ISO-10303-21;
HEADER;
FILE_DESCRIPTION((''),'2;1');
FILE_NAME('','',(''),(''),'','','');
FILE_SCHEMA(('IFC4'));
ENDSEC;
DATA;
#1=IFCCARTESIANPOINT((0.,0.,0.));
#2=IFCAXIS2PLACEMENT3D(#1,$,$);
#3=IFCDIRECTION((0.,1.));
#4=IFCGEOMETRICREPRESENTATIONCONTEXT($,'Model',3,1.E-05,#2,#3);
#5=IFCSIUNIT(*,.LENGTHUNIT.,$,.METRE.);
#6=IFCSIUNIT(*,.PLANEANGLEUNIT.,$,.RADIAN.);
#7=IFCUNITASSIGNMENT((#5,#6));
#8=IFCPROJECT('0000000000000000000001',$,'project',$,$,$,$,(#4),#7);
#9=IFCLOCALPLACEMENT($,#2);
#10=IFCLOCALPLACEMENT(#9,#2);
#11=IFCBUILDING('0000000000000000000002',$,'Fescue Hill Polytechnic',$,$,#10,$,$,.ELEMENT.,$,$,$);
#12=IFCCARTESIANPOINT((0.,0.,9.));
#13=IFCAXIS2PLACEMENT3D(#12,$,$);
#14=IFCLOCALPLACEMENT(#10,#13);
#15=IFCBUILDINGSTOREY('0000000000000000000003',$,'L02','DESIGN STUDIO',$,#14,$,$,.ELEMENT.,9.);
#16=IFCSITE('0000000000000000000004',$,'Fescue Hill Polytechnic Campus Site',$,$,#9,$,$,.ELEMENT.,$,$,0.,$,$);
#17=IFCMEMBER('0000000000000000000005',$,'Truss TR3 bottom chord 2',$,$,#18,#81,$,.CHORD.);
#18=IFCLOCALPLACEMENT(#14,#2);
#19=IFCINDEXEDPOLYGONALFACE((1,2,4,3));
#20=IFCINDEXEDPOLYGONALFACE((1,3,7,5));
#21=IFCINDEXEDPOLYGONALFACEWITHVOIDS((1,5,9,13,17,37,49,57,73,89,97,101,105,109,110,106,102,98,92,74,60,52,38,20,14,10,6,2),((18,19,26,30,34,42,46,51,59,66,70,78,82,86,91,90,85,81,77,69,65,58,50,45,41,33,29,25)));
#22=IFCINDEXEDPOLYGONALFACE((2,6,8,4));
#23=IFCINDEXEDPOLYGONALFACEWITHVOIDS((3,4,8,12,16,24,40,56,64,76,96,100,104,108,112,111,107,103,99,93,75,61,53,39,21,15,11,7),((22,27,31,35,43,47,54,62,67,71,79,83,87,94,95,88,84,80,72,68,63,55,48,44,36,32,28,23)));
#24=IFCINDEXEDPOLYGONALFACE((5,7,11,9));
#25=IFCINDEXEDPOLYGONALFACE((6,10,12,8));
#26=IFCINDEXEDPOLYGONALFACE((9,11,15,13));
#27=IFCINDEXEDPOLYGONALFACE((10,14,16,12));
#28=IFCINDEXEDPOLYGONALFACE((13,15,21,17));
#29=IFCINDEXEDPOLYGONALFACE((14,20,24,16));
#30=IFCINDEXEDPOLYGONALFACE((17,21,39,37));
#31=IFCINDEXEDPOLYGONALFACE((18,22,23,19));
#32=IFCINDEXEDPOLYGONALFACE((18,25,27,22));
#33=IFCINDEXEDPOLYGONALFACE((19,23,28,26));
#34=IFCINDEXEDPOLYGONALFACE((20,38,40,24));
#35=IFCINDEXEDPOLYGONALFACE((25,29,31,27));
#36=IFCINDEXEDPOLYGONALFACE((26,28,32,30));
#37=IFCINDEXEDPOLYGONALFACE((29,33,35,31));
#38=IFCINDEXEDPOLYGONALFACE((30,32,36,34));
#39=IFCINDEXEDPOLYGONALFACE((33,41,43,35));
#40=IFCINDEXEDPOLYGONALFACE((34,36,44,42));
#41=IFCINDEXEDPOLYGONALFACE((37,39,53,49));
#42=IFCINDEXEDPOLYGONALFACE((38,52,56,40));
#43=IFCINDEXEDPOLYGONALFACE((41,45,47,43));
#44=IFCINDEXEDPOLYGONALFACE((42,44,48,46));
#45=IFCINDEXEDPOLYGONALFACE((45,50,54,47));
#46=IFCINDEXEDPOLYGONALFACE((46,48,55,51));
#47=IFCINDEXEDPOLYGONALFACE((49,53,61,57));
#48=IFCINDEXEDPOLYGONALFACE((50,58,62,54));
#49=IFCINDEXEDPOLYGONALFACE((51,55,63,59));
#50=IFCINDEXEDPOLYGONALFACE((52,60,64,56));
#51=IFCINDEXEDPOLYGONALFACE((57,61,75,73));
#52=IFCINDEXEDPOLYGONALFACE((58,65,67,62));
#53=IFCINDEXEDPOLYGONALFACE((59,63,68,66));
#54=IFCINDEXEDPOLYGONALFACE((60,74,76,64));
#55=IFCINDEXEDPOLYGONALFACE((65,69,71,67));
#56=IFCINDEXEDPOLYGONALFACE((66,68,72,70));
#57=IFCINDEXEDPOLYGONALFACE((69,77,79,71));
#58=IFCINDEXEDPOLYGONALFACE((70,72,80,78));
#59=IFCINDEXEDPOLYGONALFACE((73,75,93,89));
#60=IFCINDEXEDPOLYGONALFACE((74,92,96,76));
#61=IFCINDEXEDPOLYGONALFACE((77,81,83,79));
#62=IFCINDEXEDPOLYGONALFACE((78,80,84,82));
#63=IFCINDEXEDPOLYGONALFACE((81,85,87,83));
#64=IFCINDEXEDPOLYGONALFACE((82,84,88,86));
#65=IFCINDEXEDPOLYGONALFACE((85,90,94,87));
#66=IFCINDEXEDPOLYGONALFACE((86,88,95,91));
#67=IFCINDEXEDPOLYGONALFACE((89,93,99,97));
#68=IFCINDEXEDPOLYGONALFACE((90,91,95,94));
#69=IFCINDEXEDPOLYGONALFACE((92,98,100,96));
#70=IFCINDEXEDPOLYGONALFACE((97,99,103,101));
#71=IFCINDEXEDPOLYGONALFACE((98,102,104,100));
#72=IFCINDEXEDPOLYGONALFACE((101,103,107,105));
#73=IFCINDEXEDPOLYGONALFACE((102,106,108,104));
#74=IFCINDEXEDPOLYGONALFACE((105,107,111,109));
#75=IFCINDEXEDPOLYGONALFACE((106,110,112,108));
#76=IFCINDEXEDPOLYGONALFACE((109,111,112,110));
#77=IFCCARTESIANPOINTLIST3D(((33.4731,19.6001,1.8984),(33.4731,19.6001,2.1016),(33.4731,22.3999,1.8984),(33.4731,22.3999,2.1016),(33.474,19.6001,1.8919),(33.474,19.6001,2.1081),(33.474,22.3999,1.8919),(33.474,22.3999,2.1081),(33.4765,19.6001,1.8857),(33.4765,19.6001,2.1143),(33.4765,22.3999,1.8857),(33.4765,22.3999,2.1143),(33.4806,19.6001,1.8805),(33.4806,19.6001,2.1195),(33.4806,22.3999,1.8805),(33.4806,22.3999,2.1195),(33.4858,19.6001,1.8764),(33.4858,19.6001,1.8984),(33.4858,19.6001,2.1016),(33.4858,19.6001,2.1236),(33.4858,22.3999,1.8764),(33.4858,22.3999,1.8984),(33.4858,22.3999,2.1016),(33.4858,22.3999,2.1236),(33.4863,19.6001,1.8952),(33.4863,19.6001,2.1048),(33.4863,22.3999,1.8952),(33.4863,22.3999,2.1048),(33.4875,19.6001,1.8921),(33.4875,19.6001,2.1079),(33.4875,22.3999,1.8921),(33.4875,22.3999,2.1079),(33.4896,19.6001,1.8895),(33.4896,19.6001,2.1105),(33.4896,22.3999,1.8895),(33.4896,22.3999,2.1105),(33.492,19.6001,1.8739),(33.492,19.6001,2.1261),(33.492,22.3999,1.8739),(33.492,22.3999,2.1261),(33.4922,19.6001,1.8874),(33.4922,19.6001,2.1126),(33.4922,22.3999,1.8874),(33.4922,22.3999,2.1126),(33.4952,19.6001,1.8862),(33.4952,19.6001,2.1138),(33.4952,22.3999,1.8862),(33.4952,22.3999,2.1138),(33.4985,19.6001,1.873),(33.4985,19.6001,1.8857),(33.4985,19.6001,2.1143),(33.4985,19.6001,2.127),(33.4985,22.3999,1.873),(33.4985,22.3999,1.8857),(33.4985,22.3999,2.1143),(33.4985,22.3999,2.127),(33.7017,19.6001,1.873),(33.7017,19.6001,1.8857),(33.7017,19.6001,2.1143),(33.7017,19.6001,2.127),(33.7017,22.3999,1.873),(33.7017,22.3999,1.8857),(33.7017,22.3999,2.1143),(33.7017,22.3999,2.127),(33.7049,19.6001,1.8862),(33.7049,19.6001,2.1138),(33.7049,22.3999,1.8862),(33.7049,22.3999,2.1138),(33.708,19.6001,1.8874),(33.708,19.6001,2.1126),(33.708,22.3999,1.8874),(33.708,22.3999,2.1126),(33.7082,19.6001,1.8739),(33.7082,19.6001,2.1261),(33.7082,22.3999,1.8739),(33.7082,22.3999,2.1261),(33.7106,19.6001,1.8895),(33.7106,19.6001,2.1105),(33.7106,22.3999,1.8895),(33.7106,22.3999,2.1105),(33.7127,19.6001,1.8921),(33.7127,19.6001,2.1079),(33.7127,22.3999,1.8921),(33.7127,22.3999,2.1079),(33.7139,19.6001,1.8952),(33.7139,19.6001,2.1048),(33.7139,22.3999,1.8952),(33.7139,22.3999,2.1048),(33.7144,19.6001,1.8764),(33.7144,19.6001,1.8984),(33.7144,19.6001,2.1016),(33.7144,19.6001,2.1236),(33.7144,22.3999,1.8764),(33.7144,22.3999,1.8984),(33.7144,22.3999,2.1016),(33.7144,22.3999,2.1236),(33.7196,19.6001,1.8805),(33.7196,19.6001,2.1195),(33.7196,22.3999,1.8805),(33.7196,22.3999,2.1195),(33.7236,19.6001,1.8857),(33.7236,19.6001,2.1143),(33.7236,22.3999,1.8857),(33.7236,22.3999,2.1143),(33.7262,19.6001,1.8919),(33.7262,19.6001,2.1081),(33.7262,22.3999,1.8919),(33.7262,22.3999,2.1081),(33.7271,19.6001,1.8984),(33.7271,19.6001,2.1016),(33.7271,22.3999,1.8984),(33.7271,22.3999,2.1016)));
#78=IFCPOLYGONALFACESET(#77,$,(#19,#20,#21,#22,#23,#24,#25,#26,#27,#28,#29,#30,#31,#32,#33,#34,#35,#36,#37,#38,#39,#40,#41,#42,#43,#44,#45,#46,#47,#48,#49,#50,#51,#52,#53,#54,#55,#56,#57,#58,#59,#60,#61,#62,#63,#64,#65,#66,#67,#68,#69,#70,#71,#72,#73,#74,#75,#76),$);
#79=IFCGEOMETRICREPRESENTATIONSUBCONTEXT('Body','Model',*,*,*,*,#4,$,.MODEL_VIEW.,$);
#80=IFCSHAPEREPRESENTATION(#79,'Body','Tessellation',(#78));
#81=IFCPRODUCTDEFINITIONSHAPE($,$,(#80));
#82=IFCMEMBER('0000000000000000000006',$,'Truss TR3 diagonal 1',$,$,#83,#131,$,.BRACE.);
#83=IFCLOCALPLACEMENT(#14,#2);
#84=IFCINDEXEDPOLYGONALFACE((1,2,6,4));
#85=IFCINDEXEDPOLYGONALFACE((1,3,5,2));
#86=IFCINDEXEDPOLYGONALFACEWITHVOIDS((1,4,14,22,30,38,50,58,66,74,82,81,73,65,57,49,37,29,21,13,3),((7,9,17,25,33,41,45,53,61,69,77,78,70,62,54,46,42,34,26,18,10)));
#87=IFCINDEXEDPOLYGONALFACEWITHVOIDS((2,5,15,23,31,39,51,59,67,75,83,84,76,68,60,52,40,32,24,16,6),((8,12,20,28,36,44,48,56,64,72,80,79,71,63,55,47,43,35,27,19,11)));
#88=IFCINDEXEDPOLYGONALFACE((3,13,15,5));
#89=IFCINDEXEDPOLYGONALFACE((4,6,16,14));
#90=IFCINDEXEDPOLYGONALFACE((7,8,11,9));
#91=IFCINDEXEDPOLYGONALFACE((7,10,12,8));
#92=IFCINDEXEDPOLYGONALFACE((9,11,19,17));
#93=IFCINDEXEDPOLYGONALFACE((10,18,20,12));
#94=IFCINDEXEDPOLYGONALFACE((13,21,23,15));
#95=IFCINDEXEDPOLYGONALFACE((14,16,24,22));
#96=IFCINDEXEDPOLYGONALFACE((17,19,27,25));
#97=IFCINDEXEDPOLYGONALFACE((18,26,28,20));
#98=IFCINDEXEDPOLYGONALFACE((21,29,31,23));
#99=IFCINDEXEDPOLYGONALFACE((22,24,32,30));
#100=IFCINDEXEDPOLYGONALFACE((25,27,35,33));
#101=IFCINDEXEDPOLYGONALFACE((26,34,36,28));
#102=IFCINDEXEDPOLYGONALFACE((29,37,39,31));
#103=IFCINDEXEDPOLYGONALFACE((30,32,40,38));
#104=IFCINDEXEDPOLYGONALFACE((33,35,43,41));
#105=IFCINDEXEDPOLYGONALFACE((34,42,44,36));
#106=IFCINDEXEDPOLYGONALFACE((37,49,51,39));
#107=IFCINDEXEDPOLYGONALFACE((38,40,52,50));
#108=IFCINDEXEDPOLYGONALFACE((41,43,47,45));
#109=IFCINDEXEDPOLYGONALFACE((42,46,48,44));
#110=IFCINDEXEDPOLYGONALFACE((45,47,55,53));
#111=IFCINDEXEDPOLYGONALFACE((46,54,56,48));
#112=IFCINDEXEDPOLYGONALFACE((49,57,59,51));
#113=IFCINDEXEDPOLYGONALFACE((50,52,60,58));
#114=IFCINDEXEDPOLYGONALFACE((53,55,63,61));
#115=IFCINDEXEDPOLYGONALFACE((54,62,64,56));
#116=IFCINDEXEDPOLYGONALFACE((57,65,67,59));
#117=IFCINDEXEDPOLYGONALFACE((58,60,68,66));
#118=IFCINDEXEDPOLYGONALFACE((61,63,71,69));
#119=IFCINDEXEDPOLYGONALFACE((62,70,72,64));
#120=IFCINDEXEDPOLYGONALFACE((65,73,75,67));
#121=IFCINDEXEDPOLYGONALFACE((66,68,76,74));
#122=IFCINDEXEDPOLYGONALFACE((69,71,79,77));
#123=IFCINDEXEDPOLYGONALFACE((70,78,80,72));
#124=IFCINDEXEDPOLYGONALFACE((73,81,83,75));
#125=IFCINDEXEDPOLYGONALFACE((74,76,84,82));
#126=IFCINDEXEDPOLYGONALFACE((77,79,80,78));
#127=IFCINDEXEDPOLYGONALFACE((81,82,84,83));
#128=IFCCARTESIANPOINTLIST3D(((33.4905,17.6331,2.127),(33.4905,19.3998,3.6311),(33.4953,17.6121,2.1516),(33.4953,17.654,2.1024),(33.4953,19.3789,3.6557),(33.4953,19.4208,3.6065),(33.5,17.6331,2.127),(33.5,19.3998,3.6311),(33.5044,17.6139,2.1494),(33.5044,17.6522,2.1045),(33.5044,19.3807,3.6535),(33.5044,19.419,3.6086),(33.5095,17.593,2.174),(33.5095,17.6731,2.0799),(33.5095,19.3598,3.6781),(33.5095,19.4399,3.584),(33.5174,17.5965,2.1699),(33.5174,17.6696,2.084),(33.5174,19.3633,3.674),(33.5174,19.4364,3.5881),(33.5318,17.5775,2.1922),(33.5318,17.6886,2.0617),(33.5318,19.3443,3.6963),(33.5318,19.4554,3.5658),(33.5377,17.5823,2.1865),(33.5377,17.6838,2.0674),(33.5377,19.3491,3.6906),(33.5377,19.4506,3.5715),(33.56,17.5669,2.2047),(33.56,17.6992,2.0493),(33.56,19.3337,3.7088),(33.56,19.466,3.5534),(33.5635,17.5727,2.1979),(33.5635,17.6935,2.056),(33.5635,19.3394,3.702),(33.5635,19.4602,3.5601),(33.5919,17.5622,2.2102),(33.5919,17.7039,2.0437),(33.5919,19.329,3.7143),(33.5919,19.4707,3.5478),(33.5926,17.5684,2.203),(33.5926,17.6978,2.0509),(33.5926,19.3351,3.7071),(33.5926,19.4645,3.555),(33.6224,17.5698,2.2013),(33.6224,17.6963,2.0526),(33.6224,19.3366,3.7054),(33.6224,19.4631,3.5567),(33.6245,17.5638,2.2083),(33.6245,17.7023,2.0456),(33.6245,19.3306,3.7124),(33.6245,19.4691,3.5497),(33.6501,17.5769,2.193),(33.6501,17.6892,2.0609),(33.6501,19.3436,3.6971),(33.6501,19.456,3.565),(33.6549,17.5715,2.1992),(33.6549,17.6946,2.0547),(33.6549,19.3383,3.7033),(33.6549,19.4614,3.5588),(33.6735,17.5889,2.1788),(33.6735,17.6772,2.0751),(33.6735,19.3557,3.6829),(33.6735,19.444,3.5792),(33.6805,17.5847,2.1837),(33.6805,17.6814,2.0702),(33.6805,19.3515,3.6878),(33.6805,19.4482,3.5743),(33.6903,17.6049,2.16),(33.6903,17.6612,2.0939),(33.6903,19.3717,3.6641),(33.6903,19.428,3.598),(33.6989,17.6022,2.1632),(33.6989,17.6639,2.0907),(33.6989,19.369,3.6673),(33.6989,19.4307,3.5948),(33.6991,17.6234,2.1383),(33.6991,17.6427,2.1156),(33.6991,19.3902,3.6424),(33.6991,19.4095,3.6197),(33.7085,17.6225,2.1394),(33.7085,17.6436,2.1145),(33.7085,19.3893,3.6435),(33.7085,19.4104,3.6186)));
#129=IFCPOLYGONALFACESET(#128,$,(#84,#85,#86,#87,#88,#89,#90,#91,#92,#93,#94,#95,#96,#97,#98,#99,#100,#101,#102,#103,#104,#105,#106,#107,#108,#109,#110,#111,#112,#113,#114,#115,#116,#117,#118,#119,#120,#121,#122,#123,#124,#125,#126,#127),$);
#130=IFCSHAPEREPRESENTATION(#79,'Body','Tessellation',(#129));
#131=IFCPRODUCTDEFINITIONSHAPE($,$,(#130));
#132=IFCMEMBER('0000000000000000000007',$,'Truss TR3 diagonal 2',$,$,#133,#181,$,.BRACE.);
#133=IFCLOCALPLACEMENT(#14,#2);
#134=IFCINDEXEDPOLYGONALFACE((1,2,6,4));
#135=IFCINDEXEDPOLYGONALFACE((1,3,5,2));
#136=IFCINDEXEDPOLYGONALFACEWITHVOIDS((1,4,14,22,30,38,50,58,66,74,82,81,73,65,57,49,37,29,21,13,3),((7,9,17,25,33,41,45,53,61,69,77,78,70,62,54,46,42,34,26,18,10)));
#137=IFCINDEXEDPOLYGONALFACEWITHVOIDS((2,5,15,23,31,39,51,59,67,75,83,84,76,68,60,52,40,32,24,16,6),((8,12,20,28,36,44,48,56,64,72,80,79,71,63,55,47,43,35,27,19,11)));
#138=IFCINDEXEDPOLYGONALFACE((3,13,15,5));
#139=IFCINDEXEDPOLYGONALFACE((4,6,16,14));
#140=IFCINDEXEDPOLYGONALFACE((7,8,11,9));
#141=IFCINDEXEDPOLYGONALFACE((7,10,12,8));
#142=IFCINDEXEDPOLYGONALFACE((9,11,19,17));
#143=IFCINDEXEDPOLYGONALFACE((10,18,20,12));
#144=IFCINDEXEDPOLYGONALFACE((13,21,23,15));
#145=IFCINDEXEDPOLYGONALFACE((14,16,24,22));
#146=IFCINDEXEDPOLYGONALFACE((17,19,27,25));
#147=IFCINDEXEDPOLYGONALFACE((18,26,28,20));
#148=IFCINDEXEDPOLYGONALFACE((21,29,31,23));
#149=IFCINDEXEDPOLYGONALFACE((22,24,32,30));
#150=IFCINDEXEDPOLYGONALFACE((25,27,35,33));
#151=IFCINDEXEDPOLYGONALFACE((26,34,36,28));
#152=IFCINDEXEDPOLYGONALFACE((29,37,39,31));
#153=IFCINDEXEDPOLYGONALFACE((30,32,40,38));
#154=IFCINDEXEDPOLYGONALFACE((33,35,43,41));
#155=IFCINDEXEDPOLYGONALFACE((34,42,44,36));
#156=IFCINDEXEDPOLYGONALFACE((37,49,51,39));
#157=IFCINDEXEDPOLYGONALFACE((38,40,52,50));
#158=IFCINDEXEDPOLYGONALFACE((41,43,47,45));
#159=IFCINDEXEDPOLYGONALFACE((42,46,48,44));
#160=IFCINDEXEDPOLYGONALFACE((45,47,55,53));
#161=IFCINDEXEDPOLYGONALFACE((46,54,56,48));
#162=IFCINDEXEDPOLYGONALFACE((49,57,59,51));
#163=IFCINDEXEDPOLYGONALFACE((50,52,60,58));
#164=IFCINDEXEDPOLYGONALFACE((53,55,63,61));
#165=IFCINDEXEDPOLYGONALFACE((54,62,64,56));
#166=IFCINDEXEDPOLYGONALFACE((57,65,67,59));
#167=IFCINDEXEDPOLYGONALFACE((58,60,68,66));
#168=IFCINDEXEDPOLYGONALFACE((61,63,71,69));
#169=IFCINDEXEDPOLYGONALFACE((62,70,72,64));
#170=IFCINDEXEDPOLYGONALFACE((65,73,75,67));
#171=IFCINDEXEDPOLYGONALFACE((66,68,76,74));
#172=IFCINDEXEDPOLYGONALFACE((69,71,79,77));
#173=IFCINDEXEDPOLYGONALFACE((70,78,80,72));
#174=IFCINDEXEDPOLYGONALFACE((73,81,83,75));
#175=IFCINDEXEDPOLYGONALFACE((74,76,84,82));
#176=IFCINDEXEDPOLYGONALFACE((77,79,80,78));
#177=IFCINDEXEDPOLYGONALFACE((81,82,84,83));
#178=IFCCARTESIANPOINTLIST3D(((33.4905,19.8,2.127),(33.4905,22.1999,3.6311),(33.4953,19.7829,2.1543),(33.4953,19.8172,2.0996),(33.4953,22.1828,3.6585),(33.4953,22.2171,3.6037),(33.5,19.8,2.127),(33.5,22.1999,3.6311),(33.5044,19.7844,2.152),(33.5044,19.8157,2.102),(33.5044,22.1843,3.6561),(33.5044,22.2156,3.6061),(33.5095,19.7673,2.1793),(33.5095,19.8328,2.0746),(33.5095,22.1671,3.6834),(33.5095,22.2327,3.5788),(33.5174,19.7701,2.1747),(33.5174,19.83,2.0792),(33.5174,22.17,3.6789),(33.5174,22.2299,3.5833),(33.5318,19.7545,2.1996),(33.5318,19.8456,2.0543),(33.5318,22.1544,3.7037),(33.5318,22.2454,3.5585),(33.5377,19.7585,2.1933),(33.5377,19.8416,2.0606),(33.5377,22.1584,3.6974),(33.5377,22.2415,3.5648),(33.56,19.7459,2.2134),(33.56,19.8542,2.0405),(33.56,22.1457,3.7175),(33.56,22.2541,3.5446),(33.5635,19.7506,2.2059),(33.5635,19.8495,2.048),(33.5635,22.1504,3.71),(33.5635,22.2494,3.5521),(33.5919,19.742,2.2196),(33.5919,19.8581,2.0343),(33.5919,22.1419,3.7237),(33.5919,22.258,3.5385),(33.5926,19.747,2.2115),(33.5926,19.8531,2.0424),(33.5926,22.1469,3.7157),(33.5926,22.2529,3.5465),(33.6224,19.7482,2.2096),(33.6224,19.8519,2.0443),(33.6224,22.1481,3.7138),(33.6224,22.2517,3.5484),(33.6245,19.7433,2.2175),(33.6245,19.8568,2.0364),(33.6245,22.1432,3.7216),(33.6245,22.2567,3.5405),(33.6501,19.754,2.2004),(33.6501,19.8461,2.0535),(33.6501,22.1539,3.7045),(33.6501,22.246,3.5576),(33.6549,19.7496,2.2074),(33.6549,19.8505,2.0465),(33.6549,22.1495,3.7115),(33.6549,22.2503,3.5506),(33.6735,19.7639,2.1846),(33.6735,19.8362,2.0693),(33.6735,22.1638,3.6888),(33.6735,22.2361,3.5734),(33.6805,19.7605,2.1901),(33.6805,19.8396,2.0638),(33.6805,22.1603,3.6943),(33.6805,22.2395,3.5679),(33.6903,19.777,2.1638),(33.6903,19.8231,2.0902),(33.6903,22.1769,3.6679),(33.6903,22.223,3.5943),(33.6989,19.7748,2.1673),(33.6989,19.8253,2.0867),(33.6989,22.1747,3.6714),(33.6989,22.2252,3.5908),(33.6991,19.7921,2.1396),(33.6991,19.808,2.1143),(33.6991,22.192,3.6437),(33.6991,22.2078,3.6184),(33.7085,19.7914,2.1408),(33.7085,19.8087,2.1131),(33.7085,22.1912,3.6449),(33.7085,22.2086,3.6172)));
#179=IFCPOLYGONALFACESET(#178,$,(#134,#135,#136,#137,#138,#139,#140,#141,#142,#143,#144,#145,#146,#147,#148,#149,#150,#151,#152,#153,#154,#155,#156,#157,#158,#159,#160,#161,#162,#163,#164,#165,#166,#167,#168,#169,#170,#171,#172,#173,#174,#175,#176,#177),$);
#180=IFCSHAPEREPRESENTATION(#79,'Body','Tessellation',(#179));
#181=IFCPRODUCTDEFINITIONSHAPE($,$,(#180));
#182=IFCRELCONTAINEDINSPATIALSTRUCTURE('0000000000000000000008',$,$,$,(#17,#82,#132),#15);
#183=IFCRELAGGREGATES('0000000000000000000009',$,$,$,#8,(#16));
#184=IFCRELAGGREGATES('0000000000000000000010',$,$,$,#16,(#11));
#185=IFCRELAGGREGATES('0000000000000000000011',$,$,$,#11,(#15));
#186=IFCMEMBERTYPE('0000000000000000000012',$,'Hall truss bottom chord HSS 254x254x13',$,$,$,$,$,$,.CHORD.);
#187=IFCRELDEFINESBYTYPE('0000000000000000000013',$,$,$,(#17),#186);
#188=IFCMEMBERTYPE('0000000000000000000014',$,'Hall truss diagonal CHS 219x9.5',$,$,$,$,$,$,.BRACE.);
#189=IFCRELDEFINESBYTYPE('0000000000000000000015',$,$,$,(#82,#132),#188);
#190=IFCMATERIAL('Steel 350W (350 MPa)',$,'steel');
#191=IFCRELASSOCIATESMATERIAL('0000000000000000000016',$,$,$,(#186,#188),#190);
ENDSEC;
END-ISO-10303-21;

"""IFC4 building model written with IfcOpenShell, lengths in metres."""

from ifc_helpers import new_model, si_unit, direction, frame, origin, origin_2d, place, context, subcontext, project, spatial, hollow_rectangle, hollow_circle, extrude, material, material_profile, profile_set, type_object, element, save


model = new_model("IFC4")

# Units and contexts
model_context = context("Model", 3, precision=1e-05, world=origin(), true_north=direction((0.0, 1.0)))
body_context = subcontext(model_context, "Body", "Model", "MODEL_VIEW")
ifc_project = project(units=[si_unit("LENGTHUNIT", "METRE"), si_unit("PLANEANGLEUNIT", "RADIAN")], contexts=[model_context])

# Site, building, storey
site_placement = place(None, origin())
site = spatial("IfcSite", under=ifc_project, at=site_placement, Name="Fescue Hill Polytechnic Campus Site", CompositionType="ELEMENT", RefElevation=0.0)
building_placement = place(site_placement, origin())
building = spatial("IfcBuilding", under=site, at=building_placement, Name="Fescue Hill Polytechnic", CompositionType="ELEMENT")
storey_placement = place(building_placement, frame((0.0, 0.0, 9.0)))
storey = spatial("IfcBuildingStorey", under=building, at=storey_placement, Name="L02", Description="DESIGN STUDIO", CompositionType="ELEMENT", Elevation=9.0)

# Members
ifc_material_1 = material(Name="Steel 350W (350 MPa)", Category="steel")
ifc_material_profile_1 = material_profile(ifc_material_1, hollow_rectangle(XDim=0.2539, YDim=0.2539, WallThickness=0.0127, InnerFilletRadius=0.0127, OuterFilletRadius=0.0254, at=origin_2d()), Name="Hall truss bottom chord HSS 254x254x13")
ifc_profile_set_1 = profile_set([ifc_material_profile_1], Name="Steel 350W (350 MPa)")
member_type_1 = type_object("IfcMemberType", Name="Hall truss bottom chord HSS 254x254x13", PredefinedType="CHORD", material=ifc_profile_set_1)
member_1_placement = place(storey_placement, frame((33.6001, 19.6001, 2.0), z_axis=(0.0, 1.0, 0.0), x_axis=(-1.0, 0.0, 0.0)))
element("IfcMember", 1, at=member_1_placement, inside=storey, type_object=member_type_1, Name="Truss TR3 bottom chord 2", PredefinedType="CHORD", context=body_context, shape_type="SweptSolid", body=[
    extrude(hollow_rectangle(XDim=0.2539, YDim=0.2539, WallThickness=0.0127, InnerFilletRadius=0.0127, OuterFilletRadius=0.0254, at=origin_2d()), origin(), (0.0, 0.0, 1.0), 2.7998),
])
ifc_material_profile_2 = material_profile(ifc_material_1, hollow_circle(Radius=0.1096, WallThickness=0.0095, at=origin_2d()), Name="Hall truss diagonal CHS 219x9.5")
ifc_profile_set_2 = profile_set([ifc_material_profile_2], Name="Steel 350W (350 MPa)")
member_type_2 = type_object("IfcMemberType", Name="Hall truss diagonal CHS 219x9.5", PredefinedType="BRACE", material=ifc_profile_set_2)
member_2_placement = place(storey_placement, frame((33.6001, 17.6331, 2.127), z_axis=(0.0, 0.761443, 0.648232), x_axis=(-1.0, 0.0, 0.0)))
element("IfcMember", 2, at=member_2_placement, inside=storey, type_object=member_type_2, Name="Truss TR3 diagonal 1", PredefinedType="BRACE", context=body_context, shape_type="SweptSolid", body=[
    extrude(hollow_circle(Radius=0.1096, WallThickness=0.0095, at=origin_2d()), origin(), (0.0, 0.0, 1.0), 2.3203),
])
member_3_placement = place(storey_placement, frame((33.6001, 19.8, 2.127), z_axis=(0.0, 0.847329, 0.531068), x_axis=(-1.0, 0.0, 0.0)))
element("IfcMember", 3, at=member_3_placement, inside=storey, type_object=member_type_2, Name="Truss TR3 diagonal 2", PredefinedType="BRACE", context=body_context, shape_type="SweptSolid", body=[
    extrude(hollow_circle(Radius=0.1096, WallThickness=0.0095, at=origin_2d()), origin(), (0.0, 0.0, 1.0), 2.8323),
])

save(model, "model.ifc")
